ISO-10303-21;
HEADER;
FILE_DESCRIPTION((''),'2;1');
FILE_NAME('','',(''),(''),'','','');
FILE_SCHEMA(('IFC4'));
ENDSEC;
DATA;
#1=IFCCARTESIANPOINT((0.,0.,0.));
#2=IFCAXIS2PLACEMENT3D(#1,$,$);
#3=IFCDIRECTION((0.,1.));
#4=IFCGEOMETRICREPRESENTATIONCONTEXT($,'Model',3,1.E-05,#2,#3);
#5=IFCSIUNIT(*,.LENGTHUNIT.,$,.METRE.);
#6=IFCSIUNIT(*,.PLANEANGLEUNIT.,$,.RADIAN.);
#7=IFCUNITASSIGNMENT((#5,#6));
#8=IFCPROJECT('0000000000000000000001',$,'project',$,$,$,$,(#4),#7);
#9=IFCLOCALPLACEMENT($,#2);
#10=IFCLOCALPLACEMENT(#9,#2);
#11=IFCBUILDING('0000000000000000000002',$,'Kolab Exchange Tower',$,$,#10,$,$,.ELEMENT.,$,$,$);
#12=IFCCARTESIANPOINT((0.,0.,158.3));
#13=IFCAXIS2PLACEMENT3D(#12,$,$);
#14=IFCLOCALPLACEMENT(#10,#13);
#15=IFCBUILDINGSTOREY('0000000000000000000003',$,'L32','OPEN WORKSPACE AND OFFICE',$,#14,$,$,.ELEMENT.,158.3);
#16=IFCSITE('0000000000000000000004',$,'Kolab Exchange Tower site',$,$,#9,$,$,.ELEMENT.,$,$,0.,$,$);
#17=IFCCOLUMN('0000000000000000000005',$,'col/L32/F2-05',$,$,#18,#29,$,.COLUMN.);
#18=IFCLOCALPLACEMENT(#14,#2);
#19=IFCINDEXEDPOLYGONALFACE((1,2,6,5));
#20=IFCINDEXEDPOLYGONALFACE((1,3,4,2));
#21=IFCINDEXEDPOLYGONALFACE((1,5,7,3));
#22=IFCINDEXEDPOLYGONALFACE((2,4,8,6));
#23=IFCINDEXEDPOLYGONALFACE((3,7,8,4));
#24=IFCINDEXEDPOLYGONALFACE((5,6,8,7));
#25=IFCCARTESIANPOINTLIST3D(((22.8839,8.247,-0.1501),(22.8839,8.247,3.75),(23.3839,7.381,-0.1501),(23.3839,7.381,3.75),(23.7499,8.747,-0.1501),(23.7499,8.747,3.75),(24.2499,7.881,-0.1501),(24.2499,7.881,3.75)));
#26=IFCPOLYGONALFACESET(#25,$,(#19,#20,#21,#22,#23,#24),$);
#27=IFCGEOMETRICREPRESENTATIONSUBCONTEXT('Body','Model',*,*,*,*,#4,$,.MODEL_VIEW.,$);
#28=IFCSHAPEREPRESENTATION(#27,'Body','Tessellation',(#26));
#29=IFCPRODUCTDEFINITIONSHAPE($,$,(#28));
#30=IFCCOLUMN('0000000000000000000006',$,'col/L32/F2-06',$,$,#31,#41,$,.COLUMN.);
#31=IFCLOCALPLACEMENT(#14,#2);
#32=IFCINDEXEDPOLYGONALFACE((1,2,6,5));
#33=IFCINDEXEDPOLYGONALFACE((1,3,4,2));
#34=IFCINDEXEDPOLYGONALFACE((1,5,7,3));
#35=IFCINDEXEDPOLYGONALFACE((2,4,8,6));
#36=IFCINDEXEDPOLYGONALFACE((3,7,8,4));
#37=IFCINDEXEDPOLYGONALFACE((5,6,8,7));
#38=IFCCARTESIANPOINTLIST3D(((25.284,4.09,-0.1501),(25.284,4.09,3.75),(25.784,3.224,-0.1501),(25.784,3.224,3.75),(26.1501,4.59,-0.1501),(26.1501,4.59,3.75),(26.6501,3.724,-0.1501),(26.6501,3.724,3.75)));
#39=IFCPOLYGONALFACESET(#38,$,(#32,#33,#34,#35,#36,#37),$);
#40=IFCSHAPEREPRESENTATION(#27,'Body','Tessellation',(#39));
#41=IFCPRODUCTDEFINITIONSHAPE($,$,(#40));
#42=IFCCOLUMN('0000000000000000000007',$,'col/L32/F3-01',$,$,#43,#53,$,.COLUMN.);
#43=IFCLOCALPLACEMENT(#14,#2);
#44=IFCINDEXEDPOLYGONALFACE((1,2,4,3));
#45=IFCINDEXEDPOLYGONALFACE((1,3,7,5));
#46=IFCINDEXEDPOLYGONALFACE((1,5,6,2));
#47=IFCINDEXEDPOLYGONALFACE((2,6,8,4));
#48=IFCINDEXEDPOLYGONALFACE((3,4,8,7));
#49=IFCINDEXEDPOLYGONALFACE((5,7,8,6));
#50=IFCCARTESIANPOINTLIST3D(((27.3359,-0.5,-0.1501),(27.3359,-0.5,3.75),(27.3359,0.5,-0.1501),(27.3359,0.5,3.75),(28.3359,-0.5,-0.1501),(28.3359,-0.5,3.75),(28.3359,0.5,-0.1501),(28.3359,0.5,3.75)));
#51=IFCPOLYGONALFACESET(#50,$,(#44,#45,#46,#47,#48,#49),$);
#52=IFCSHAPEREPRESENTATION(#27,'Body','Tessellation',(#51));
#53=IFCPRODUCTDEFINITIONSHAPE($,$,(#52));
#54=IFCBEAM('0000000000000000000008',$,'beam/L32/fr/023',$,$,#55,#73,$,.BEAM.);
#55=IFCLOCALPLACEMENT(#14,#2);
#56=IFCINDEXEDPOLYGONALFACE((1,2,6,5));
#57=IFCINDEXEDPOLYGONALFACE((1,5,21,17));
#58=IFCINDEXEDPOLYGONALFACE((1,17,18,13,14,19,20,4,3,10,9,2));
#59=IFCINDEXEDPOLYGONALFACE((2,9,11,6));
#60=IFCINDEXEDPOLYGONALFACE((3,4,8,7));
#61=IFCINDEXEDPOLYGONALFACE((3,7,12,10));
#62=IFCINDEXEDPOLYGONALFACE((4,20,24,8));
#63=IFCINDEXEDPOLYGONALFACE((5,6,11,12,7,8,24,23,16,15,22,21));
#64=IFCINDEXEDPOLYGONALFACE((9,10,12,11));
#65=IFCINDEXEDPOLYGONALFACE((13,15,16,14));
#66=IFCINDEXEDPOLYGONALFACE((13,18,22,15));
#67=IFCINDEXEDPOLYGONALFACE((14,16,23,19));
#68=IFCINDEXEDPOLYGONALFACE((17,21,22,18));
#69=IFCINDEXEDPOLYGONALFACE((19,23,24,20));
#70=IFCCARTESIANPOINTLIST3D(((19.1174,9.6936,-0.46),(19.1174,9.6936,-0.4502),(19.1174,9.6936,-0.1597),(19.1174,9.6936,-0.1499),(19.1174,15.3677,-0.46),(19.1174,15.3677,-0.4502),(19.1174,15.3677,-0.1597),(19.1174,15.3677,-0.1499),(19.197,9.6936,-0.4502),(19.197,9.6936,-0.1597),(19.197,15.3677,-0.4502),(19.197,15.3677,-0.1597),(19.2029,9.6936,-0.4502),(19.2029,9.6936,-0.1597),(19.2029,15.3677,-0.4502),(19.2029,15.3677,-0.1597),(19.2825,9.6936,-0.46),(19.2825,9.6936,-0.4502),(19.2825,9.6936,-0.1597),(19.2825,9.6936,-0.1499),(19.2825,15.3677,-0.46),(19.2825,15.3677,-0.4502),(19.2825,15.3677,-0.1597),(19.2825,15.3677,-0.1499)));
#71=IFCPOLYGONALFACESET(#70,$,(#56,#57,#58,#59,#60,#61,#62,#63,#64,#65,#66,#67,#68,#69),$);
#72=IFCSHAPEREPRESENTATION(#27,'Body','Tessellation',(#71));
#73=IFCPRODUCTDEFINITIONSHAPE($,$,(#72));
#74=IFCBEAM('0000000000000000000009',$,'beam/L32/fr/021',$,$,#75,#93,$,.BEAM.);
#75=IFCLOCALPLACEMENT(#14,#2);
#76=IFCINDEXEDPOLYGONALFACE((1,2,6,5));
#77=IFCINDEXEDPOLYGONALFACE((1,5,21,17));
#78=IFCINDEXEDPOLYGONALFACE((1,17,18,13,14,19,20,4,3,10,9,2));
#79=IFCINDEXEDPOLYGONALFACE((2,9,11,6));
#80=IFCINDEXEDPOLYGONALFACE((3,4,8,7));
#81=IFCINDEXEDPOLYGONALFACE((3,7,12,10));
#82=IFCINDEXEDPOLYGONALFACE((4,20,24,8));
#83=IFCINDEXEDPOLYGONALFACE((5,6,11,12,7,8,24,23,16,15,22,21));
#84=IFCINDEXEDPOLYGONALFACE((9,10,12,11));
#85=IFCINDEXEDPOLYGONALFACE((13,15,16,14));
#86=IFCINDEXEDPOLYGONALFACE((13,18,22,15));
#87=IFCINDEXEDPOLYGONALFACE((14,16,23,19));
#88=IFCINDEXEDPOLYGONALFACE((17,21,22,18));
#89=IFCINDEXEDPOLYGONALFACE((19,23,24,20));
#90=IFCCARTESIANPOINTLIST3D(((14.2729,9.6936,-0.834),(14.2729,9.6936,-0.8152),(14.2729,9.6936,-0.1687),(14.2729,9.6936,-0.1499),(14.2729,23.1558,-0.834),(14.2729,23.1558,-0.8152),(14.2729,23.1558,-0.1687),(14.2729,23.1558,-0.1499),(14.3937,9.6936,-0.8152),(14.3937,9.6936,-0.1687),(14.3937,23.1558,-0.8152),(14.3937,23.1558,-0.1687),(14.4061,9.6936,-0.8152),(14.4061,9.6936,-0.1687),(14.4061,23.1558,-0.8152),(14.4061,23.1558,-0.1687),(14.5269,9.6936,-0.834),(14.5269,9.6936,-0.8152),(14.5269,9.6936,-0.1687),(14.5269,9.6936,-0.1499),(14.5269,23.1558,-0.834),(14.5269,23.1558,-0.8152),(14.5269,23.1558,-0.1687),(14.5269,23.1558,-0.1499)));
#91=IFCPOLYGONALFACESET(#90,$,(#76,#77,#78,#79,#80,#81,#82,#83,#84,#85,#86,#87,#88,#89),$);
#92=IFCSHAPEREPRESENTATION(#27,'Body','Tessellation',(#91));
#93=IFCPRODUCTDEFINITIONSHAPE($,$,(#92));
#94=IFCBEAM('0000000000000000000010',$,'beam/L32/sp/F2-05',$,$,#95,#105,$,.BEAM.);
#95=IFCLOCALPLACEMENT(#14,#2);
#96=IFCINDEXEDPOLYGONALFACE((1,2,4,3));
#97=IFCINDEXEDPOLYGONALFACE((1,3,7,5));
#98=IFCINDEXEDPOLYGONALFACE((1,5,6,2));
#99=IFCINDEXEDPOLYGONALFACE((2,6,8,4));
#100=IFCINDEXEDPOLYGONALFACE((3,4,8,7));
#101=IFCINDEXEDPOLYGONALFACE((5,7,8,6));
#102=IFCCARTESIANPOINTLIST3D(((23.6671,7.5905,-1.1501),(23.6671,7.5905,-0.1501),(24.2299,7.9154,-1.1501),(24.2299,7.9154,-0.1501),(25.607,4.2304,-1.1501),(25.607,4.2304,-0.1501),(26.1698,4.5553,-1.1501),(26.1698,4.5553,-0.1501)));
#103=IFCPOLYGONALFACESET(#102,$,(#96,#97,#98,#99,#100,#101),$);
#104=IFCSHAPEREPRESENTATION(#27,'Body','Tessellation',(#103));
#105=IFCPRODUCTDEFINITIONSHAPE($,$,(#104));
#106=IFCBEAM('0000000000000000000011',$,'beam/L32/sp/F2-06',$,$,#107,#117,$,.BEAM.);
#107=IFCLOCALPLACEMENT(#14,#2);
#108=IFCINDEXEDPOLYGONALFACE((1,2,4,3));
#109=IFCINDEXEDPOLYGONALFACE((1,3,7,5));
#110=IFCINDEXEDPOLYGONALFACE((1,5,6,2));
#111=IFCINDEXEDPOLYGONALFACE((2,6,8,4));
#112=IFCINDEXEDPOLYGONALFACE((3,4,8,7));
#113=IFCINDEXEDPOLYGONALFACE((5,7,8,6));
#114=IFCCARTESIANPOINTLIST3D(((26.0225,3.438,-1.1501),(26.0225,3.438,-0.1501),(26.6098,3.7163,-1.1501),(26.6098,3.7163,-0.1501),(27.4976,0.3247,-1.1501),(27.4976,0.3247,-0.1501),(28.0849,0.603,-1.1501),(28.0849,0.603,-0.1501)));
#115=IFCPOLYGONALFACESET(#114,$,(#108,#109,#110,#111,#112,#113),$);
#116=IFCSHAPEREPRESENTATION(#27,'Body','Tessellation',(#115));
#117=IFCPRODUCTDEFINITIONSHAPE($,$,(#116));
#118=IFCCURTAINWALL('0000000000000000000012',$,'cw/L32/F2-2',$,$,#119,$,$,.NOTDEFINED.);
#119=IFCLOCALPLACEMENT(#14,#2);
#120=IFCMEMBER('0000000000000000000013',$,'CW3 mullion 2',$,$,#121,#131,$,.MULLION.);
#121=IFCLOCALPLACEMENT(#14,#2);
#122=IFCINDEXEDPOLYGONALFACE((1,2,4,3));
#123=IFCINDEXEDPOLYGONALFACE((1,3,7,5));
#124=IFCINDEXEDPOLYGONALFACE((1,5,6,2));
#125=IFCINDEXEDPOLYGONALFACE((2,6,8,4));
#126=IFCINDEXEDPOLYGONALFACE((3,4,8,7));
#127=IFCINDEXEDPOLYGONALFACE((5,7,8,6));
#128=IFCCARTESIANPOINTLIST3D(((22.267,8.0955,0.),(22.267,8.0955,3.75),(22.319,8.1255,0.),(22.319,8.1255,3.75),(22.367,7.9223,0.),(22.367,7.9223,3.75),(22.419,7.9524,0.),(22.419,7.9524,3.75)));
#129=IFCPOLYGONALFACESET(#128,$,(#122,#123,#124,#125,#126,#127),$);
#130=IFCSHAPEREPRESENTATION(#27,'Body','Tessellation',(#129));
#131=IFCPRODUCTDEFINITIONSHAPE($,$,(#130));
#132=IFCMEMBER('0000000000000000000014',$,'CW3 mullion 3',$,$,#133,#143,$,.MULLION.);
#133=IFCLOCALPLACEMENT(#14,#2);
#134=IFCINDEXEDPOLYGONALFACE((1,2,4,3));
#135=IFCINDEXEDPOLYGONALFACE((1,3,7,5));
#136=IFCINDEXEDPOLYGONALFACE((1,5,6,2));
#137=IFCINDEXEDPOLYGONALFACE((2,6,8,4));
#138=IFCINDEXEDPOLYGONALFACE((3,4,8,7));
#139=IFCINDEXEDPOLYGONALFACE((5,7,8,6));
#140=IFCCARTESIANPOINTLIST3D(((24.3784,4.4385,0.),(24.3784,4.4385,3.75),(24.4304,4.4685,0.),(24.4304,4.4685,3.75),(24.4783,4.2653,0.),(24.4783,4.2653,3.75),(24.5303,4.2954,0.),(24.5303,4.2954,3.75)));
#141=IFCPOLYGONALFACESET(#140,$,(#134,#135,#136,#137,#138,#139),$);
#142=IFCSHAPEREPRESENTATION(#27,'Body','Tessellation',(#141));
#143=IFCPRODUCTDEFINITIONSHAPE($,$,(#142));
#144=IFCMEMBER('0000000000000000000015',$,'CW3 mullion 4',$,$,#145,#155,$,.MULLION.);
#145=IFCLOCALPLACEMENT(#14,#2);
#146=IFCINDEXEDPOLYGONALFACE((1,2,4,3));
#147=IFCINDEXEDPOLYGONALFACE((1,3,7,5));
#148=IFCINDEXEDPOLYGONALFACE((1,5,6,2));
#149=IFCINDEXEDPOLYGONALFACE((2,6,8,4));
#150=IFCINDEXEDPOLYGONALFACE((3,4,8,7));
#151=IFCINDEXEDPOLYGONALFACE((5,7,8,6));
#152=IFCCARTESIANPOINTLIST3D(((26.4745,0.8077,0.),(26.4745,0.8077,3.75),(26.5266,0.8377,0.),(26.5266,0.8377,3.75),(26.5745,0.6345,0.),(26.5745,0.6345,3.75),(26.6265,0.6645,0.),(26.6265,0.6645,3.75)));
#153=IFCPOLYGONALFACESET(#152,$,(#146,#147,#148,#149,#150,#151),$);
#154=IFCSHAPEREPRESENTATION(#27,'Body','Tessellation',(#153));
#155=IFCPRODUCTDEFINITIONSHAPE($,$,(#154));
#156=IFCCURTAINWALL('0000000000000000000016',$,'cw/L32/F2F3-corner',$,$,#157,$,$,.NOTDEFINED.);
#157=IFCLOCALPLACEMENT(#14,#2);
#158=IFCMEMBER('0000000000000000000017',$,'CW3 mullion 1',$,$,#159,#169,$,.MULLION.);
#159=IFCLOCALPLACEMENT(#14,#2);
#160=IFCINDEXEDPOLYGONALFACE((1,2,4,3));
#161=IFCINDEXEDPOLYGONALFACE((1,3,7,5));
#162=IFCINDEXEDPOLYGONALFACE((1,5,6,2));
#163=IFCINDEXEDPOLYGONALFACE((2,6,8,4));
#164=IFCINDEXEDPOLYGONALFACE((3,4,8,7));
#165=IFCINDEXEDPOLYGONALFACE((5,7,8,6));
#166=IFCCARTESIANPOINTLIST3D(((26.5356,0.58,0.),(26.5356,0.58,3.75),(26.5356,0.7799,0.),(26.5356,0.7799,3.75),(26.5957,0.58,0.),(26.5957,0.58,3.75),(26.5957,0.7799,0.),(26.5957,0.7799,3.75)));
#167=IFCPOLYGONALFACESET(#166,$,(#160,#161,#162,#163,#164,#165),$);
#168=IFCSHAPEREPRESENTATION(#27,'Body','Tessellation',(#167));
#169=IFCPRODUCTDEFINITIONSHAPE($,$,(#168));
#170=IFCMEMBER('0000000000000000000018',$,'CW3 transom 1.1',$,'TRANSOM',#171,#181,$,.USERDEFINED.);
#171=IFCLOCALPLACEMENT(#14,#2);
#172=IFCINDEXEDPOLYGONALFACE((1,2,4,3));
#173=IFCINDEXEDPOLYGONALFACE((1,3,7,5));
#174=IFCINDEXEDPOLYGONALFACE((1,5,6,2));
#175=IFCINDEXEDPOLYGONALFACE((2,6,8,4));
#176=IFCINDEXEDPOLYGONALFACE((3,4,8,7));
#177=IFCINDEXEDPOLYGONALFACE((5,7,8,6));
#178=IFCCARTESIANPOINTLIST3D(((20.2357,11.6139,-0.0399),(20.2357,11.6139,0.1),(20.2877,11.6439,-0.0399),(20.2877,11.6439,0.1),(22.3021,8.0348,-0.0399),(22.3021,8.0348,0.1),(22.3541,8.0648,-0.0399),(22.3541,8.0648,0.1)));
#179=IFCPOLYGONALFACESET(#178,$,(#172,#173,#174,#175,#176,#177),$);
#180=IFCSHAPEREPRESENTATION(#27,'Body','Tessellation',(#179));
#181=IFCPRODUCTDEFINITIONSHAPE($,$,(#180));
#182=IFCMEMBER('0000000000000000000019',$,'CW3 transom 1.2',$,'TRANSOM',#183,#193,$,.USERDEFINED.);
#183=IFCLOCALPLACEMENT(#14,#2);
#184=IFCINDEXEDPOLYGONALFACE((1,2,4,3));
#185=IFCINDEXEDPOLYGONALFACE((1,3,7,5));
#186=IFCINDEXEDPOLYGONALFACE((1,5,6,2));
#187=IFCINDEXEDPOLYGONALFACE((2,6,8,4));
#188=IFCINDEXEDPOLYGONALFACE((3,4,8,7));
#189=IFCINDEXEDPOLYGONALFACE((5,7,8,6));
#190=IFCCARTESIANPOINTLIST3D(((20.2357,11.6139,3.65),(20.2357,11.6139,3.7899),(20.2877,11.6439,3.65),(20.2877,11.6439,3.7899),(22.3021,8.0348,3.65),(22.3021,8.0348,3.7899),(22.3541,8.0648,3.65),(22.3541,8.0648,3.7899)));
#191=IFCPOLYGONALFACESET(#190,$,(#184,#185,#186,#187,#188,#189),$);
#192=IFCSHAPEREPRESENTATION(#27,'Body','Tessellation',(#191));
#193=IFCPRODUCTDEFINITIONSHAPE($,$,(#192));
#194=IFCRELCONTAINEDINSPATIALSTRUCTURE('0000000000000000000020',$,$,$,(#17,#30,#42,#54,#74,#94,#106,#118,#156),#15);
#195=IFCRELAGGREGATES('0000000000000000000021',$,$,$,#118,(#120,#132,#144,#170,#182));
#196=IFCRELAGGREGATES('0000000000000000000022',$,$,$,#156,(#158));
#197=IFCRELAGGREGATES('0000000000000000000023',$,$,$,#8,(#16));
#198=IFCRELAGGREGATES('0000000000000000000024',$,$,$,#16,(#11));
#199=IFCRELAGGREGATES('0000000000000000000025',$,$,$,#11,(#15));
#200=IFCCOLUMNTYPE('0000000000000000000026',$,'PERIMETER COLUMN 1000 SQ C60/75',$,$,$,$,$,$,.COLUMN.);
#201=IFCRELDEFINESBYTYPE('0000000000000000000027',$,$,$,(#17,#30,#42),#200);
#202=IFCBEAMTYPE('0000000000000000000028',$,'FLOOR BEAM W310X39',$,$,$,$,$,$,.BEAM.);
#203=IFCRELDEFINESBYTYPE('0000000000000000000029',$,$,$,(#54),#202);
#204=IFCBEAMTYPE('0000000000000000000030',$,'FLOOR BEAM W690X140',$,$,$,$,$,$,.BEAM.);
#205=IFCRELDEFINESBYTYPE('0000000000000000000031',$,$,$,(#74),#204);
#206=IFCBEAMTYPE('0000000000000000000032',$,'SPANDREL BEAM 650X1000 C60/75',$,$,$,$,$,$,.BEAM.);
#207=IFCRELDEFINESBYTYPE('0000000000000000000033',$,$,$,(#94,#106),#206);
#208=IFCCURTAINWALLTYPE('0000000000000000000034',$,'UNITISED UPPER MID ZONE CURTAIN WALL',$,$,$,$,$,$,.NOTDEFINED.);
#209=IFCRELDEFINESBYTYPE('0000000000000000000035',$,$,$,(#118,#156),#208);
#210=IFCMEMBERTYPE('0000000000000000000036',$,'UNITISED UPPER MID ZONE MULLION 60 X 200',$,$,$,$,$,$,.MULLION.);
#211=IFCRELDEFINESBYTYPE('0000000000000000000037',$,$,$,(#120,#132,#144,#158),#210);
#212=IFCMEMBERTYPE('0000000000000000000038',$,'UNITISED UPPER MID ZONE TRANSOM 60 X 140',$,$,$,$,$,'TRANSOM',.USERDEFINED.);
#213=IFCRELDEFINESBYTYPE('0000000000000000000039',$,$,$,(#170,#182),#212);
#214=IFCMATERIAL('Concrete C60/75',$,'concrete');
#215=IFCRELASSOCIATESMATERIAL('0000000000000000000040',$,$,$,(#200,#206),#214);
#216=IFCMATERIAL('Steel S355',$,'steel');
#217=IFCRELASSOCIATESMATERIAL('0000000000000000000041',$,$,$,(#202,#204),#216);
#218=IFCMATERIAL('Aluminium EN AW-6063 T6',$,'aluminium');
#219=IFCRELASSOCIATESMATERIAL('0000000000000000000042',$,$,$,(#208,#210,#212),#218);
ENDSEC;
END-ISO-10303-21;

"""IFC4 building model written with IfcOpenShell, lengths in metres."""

from ifc_helpers import new_model, si_unit, direction, frame, origin, origin_2d, place, context, subcontext, project, spatial, rectangle, i_section, extrude, material, material_profile, profile_set, type_object, element, aggregate, save


model = new_model("IFC4")

# Units and contexts
model_context = context("Model", 3, precision=1e-05, world=origin(), true_north=direction((0.0, 1.0)))
body_context = subcontext(model_context, "Body", "Model", "MODEL_VIEW")
ifc_project = project(units=[si_unit("LENGTHUNIT", "METRE"), si_unit("PLANEANGLEUNIT", "RADIAN")], contexts=[model_context])

# Site, building, storey
site_placement = place(None, origin())
site = spatial("IfcSite", under=ifc_project, at=site_placement, Name="Kolab Exchange Tower site", CompositionType="ELEMENT", RefElevation=0.0)
building_placement = place(site_placement, origin())
building = spatial("IfcBuilding", under=site, at=building_placement, Name="Kolab Exchange Tower", CompositionType="ELEMENT")
storey_placement = place(building_placement, frame((0.0, 0.0, 158.3)))
storey = spatial("IfcBuildingStorey", under=building, at=storey_placement, Name="L32", Description="OPEN WORKSPACE AND OFFICE", CompositionType="ELEMENT", Elevation=158.3)

# Columns
ifc_material_1 = material(Name="Concrete C60/75", Category="concrete")
ifc_material_profile_1 = material_profile(ifc_material_1, rectangle(XDim=1.0, YDim=1.0, at=origin_2d()), Name="RC1000")
ifc_profile_set_1 = profile_set([ifc_material_profile_1], Name="Concrete C60/75")
column_type = type_object("IfcColumnType", Name="PERIMETER COLUMN 1000 SQ C60/75", PredefinedType="COLUMN", material=ifc_profile_set_1)
for number, where, z_axis, x_axis, name in (
    (1, (23.5669, 8.064, -0.1501), (0.0, 0.0, 1.0), (0.866025, 0.5, 0.0), "col/L32/F2-05"),
    (2, (25.967, 3.907, -0.1501), (0.0, 0.0, 1.0), (0.866025, 0.5, 0.0), "col/L32/F2-06"),
    (3, (27.8359, 0.0, -0.1501), (0.0, 0.0, 1.0), (1.0, 0.0, 0.0), "col/L32/F3-01"),
):
    element("IfcColumn", number, at=place(storey_placement, frame(where, z_axis=z_axis, x_axis=x_axis)), inside=storey, type_object=column_type, Name=name, PredefinedType="COLUMN", context=body_context, shape_type="SweptSolid", body=[
        extrude(rectangle(XDim=1.0, YDim=1.0, at=origin_2d()), origin(), (0.0, 0.0, 1.0), 3.9001),
    ])

# Beams
ifc_material_2 = material(Name="Steel S355", Category="steel")
ifc_material_profile_2 = material_profile(ifc_material_2, i_section(OverallWidth=0.165, OverallDepth=0.3101, WebThickness=0.0059, FlangeThickness=0.0098, at=origin_2d()), Name="W310X39")
ifc_profile_set_2 = profile_set([ifc_material_profile_2], Name="Steel S355")
beam_type_1 = type_object("IfcBeamType", Name="FLOOR BEAM W310X39", PredefinedType="BEAM", material=ifc_profile_set_2)
beam_1_placement = place(storey_placement, frame((19.2, 9.6936, -0.3049), z_axis=(0.0, 1.0, 0.0), x_axis=(-1.0, 0.0, 0.0)))
element("IfcBeam", 4, at=beam_1_placement, inside=storey, type_object=beam_type_1, Name="beam/L32/fr/023", PredefinedType="BEAM", context=body_context, shape_type="SweptSolid", body=[
    extrude(i_section(OverallWidth=0.165, OverallDepth=0.3101, WebThickness=0.0059, FlangeThickness=0.0098, at=origin_2d()), origin(), (0.0, 0.0, 1.0), 5.6741),
])
ifc_material_profile_3 = material_profile(ifc_material_2, i_section(OverallWidth=0.2539, OverallDepth=0.6841, WebThickness=0.0125, FlangeThickness=0.0188, at=origin_2d()), Name="W690X140")
ifc_profile_set_3 = profile_set([ifc_material_profile_3], Name="Steel S355")
beam_type_2 = type_object("IfcBeamType", Name="FLOOR BEAM W690X140", PredefinedType="BEAM", material=ifc_profile_set_3)
beam_2_placement = place(storey_placement, frame((14.3999, 9.6936, -0.4919), z_axis=(0.0, 1.0, 0.0), x_axis=(-1.0, 0.0, 0.0)))
element("IfcBeam", 5, at=beam_2_placement, inside=storey, type_object=beam_type_2, Name="beam/L32/fr/021", PredefinedType="BEAM", context=body_context, shape_type="SweptSolid", body=[
    extrude(i_section(OverallWidth=0.2539, OverallDepth=0.6841, WebThickness=0.0125, FlangeThickness=0.0188, at=origin_2d()), origin(), (0.0, 0.0, 1.0), 13.4622),
])
ifc_material_profile_4 = material_profile(ifc_material_1, rectangle(XDim=0.6499, YDim=1.0, at=origin_2d()), Name="RC650X1000")
ifc_profile_set_4 = profile_set([ifc_material_profile_4], Name="Concrete C60/75")
beam_type_3 = type_object("IfcBeamType", Name="SPANDREL BEAM 650X1000 C60/75", PredefinedType="BEAM", material=ifc_profile_set_4)
beam_3_placement = place(storey_placement, frame((23.9485, 7.7529, -0.6501), z_axis=(0.499997, -0.866027, 0.0), x_axis=(0.866027, 0.499997, 0.0)))
element("IfcBeam", 6, at=beam_3_placement, inside=storey, type_object=beam_type_3, Name="beam/L32/sp/F2-05", PredefinedType="BEAM", context=body_context, shape_type="SweptSolid", body=[
    extrude(rectangle(XDim=0.6499, YDim=1.0, at=origin_2d()), origin(), (0.0, 0.0, 1.0), 3.8799),
])
beam_4_placement = place(storey_placement, frame((26.3162, 3.5771, -0.6501), z_axis=(0.428178, -0.903695, 0.0), x_axis=(0.903695, 0.428178, 0.0)))
element("IfcBeam", 7, at=beam_4_placement, inside=storey, type_object=beam_type_3, Name="beam/L32/sp/F2-06", PredefinedType="BEAM", context=body_context, shape_type="SweptSolid", body=[
    extrude(rectangle(XDim=0.6499, YDim=1.0, at=origin_2d()), origin(), (0.0, 0.0, 1.0), 3.4451),
])

# Curtain wall, members
ifc_material_3 = material(Name="Aluminium EN AW-6063 T6", Category="aluminium")
curtain_wall_type = type_object("IfcCurtainWallType", Name="UNITISED UPPER MID ZONE CURTAIN WALL", PredefinedType="NOTDEFINED", material=ifc_material_3)
curtain_wall_1_placement = place(storey_placement, origin())
curtain_wall_1 = element("IfcCurtainWall", 8, at=curtain_wall_1_placement, inside=storey, type_object=curtain_wall_type, Name="cw/L32/F2-2", PredefinedType="NOTDEFINED")
ifc_material_profile_5 = material_profile(ifc_material_3, rectangle(XDim=0.0601, YDim=0.2, at=origin_2d()), Name="RECT 60X200")
ifc_profile_set_5 = profile_set([ifc_material_profile_5], Name="Aluminium EN AW-6063 T6")
member_type_1 = type_object("IfcMemberType", Name="UNITISED UPPER MID ZONE MULLION 60 X 200", PredefinedType="MULLION", material=ifc_profile_set_5)
member_1_placement = place(storey_placement, frame((22.343, 8.0239, 0.0), z_axis=(0.0, 0.0, 1.0), x_axis=(0.866025, 0.5, 0.0)))
member_1 = element("IfcMember", 9, at=member_1_placement, type_object=member_type_1, Name="CW3 mullion 2", PredefinedType="MULLION", context=body_context, shape_type="SweptSolid", body=[
    extrude(rectangle(XDim=0.0601, YDim=0.2, at=origin_2d()), origin(), (0.0, 0.0, 1.0), 3.75),
])
member_2_placement = place(storey_placement, frame((24.4543, 4.3669, 0.0), z_axis=(0.0, 0.0, 1.0), x_axis=(0.866025, 0.5, 0.0)))
member_2 = element("IfcMember", 10, at=member_2_placement, type_object=member_type_1, Name="CW3 mullion 3", PredefinedType="MULLION", context=body_context, shape_type="SweptSolid", body=[
    extrude(rectangle(XDim=0.0601, YDim=0.2, at=origin_2d()), origin(), (0.0, 0.0, 1.0), 3.75),
])
member_3_placement = place(storey_placement, frame((26.5505, 0.7361, 0.0), z_axis=(0.0, 0.0, 1.0), x_axis=(0.866025, 0.5, 0.0)))
member_3 = element("IfcMember", 11, at=member_3_placement, type_object=member_type_1, Name="CW3 mullion 4", PredefinedType="MULLION", context=body_context, shape_type="SweptSolid", body=[
    extrude(rectangle(XDim=0.0601, YDim=0.2, at=origin_2d()), origin(), (0.0, 0.0, 1.0), 3.75),
])

# Curtain wall, member
curtain_wall_2_placement = place(storey_placement, origin())
curtain_wall_2 = element("IfcCurtainWall", 12, at=curtain_wall_2_placement, inside=storey, type_object=curtain_wall_type, Name="cw/L32/F2F3-corner", PredefinedType="NOTDEFINED")
member_4_placement = place(storey_placement, frame((26.5657, 0.6799, 0.0), z_axis=(0.0, 0.0, 1.0), x_axis=(1.0, 0.0, 0.0)))
member_4 = element("IfcMember", 13, at=member_4_placement, type_object=member_type_1, Name="CW3 mullion 1", PredefinedType="MULLION", context=body_context, shape_type="SweptSolid", body=[
    extrude(rectangle(XDim=0.0601, YDim=0.2, at=origin_2d()), origin(), (0.0, 0.0, 1.0), 3.75),
])

# Members
ifc_material_profile_6 = material_profile(ifc_material_3, rectangle(XDim=0.0601, YDim=0.1399, at=origin_2d()), Name="RECT 60X140")
ifc_profile_set_6 = profile_set([ifc_material_profile_6], Name="Aluminium EN AW-6063 T6")
member_type_2 = type_object("IfcMemberType", Name="UNITISED UPPER MID ZONE TRANSOM 60 X 140", ElementType="TRANSOM", PredefinedType="USERDEFINED", material=ifc_profile_set_6)
member_5_placement = place(storey_placement, frame((20.2617, 11.6289, 0.03), z_axis=(0.500002, -0.866024, 0.0), x_axis=(0.866024, 0.500002, 0.0)))
member_5 = element("IfcMember", 14, at=member_5_placement, type_object=member_type_2, Name="CW3 transom 1.1", ObjectType="TRANSOM", PredefinedType="USERDEFINED", context=body_context, shape_type="SweptSolid", body=[
    extrude(rectangle(XDim=0.0601, YDim=0.1399, at=origin_2d()), origin(), (0.0, 0.0, 1.0), 4.1328),
])
member_6_placement = place(storey_placement, frame((20.2617, 11.6289, 3.72), z_axis=(0.500002, -0.866024, 0.0), x_axis=(0.866024, 0.500002, 0.0)))
member_6 = element("IfcMember", 15, at=member_6_placement, type_object=member_type_2, Name="CW3 transom 1.2", ObjectType="TRANSOM", PredefinedType="USERDEFINED", context=body_context, shape_type="SweptSolid", body=[
    extrude(rectangle(XDim=0.0601, YDim=0.1399, at=origin_2d()), origin(), (0.0, 0.0, 1.0), 4.1328),
])

aggregate(curtain_wall_1, [member_1, member_2, member_3, member_5, member_6])
aggregate(curtain_wall_2, [member_4])

save(model, "model.ifc")
